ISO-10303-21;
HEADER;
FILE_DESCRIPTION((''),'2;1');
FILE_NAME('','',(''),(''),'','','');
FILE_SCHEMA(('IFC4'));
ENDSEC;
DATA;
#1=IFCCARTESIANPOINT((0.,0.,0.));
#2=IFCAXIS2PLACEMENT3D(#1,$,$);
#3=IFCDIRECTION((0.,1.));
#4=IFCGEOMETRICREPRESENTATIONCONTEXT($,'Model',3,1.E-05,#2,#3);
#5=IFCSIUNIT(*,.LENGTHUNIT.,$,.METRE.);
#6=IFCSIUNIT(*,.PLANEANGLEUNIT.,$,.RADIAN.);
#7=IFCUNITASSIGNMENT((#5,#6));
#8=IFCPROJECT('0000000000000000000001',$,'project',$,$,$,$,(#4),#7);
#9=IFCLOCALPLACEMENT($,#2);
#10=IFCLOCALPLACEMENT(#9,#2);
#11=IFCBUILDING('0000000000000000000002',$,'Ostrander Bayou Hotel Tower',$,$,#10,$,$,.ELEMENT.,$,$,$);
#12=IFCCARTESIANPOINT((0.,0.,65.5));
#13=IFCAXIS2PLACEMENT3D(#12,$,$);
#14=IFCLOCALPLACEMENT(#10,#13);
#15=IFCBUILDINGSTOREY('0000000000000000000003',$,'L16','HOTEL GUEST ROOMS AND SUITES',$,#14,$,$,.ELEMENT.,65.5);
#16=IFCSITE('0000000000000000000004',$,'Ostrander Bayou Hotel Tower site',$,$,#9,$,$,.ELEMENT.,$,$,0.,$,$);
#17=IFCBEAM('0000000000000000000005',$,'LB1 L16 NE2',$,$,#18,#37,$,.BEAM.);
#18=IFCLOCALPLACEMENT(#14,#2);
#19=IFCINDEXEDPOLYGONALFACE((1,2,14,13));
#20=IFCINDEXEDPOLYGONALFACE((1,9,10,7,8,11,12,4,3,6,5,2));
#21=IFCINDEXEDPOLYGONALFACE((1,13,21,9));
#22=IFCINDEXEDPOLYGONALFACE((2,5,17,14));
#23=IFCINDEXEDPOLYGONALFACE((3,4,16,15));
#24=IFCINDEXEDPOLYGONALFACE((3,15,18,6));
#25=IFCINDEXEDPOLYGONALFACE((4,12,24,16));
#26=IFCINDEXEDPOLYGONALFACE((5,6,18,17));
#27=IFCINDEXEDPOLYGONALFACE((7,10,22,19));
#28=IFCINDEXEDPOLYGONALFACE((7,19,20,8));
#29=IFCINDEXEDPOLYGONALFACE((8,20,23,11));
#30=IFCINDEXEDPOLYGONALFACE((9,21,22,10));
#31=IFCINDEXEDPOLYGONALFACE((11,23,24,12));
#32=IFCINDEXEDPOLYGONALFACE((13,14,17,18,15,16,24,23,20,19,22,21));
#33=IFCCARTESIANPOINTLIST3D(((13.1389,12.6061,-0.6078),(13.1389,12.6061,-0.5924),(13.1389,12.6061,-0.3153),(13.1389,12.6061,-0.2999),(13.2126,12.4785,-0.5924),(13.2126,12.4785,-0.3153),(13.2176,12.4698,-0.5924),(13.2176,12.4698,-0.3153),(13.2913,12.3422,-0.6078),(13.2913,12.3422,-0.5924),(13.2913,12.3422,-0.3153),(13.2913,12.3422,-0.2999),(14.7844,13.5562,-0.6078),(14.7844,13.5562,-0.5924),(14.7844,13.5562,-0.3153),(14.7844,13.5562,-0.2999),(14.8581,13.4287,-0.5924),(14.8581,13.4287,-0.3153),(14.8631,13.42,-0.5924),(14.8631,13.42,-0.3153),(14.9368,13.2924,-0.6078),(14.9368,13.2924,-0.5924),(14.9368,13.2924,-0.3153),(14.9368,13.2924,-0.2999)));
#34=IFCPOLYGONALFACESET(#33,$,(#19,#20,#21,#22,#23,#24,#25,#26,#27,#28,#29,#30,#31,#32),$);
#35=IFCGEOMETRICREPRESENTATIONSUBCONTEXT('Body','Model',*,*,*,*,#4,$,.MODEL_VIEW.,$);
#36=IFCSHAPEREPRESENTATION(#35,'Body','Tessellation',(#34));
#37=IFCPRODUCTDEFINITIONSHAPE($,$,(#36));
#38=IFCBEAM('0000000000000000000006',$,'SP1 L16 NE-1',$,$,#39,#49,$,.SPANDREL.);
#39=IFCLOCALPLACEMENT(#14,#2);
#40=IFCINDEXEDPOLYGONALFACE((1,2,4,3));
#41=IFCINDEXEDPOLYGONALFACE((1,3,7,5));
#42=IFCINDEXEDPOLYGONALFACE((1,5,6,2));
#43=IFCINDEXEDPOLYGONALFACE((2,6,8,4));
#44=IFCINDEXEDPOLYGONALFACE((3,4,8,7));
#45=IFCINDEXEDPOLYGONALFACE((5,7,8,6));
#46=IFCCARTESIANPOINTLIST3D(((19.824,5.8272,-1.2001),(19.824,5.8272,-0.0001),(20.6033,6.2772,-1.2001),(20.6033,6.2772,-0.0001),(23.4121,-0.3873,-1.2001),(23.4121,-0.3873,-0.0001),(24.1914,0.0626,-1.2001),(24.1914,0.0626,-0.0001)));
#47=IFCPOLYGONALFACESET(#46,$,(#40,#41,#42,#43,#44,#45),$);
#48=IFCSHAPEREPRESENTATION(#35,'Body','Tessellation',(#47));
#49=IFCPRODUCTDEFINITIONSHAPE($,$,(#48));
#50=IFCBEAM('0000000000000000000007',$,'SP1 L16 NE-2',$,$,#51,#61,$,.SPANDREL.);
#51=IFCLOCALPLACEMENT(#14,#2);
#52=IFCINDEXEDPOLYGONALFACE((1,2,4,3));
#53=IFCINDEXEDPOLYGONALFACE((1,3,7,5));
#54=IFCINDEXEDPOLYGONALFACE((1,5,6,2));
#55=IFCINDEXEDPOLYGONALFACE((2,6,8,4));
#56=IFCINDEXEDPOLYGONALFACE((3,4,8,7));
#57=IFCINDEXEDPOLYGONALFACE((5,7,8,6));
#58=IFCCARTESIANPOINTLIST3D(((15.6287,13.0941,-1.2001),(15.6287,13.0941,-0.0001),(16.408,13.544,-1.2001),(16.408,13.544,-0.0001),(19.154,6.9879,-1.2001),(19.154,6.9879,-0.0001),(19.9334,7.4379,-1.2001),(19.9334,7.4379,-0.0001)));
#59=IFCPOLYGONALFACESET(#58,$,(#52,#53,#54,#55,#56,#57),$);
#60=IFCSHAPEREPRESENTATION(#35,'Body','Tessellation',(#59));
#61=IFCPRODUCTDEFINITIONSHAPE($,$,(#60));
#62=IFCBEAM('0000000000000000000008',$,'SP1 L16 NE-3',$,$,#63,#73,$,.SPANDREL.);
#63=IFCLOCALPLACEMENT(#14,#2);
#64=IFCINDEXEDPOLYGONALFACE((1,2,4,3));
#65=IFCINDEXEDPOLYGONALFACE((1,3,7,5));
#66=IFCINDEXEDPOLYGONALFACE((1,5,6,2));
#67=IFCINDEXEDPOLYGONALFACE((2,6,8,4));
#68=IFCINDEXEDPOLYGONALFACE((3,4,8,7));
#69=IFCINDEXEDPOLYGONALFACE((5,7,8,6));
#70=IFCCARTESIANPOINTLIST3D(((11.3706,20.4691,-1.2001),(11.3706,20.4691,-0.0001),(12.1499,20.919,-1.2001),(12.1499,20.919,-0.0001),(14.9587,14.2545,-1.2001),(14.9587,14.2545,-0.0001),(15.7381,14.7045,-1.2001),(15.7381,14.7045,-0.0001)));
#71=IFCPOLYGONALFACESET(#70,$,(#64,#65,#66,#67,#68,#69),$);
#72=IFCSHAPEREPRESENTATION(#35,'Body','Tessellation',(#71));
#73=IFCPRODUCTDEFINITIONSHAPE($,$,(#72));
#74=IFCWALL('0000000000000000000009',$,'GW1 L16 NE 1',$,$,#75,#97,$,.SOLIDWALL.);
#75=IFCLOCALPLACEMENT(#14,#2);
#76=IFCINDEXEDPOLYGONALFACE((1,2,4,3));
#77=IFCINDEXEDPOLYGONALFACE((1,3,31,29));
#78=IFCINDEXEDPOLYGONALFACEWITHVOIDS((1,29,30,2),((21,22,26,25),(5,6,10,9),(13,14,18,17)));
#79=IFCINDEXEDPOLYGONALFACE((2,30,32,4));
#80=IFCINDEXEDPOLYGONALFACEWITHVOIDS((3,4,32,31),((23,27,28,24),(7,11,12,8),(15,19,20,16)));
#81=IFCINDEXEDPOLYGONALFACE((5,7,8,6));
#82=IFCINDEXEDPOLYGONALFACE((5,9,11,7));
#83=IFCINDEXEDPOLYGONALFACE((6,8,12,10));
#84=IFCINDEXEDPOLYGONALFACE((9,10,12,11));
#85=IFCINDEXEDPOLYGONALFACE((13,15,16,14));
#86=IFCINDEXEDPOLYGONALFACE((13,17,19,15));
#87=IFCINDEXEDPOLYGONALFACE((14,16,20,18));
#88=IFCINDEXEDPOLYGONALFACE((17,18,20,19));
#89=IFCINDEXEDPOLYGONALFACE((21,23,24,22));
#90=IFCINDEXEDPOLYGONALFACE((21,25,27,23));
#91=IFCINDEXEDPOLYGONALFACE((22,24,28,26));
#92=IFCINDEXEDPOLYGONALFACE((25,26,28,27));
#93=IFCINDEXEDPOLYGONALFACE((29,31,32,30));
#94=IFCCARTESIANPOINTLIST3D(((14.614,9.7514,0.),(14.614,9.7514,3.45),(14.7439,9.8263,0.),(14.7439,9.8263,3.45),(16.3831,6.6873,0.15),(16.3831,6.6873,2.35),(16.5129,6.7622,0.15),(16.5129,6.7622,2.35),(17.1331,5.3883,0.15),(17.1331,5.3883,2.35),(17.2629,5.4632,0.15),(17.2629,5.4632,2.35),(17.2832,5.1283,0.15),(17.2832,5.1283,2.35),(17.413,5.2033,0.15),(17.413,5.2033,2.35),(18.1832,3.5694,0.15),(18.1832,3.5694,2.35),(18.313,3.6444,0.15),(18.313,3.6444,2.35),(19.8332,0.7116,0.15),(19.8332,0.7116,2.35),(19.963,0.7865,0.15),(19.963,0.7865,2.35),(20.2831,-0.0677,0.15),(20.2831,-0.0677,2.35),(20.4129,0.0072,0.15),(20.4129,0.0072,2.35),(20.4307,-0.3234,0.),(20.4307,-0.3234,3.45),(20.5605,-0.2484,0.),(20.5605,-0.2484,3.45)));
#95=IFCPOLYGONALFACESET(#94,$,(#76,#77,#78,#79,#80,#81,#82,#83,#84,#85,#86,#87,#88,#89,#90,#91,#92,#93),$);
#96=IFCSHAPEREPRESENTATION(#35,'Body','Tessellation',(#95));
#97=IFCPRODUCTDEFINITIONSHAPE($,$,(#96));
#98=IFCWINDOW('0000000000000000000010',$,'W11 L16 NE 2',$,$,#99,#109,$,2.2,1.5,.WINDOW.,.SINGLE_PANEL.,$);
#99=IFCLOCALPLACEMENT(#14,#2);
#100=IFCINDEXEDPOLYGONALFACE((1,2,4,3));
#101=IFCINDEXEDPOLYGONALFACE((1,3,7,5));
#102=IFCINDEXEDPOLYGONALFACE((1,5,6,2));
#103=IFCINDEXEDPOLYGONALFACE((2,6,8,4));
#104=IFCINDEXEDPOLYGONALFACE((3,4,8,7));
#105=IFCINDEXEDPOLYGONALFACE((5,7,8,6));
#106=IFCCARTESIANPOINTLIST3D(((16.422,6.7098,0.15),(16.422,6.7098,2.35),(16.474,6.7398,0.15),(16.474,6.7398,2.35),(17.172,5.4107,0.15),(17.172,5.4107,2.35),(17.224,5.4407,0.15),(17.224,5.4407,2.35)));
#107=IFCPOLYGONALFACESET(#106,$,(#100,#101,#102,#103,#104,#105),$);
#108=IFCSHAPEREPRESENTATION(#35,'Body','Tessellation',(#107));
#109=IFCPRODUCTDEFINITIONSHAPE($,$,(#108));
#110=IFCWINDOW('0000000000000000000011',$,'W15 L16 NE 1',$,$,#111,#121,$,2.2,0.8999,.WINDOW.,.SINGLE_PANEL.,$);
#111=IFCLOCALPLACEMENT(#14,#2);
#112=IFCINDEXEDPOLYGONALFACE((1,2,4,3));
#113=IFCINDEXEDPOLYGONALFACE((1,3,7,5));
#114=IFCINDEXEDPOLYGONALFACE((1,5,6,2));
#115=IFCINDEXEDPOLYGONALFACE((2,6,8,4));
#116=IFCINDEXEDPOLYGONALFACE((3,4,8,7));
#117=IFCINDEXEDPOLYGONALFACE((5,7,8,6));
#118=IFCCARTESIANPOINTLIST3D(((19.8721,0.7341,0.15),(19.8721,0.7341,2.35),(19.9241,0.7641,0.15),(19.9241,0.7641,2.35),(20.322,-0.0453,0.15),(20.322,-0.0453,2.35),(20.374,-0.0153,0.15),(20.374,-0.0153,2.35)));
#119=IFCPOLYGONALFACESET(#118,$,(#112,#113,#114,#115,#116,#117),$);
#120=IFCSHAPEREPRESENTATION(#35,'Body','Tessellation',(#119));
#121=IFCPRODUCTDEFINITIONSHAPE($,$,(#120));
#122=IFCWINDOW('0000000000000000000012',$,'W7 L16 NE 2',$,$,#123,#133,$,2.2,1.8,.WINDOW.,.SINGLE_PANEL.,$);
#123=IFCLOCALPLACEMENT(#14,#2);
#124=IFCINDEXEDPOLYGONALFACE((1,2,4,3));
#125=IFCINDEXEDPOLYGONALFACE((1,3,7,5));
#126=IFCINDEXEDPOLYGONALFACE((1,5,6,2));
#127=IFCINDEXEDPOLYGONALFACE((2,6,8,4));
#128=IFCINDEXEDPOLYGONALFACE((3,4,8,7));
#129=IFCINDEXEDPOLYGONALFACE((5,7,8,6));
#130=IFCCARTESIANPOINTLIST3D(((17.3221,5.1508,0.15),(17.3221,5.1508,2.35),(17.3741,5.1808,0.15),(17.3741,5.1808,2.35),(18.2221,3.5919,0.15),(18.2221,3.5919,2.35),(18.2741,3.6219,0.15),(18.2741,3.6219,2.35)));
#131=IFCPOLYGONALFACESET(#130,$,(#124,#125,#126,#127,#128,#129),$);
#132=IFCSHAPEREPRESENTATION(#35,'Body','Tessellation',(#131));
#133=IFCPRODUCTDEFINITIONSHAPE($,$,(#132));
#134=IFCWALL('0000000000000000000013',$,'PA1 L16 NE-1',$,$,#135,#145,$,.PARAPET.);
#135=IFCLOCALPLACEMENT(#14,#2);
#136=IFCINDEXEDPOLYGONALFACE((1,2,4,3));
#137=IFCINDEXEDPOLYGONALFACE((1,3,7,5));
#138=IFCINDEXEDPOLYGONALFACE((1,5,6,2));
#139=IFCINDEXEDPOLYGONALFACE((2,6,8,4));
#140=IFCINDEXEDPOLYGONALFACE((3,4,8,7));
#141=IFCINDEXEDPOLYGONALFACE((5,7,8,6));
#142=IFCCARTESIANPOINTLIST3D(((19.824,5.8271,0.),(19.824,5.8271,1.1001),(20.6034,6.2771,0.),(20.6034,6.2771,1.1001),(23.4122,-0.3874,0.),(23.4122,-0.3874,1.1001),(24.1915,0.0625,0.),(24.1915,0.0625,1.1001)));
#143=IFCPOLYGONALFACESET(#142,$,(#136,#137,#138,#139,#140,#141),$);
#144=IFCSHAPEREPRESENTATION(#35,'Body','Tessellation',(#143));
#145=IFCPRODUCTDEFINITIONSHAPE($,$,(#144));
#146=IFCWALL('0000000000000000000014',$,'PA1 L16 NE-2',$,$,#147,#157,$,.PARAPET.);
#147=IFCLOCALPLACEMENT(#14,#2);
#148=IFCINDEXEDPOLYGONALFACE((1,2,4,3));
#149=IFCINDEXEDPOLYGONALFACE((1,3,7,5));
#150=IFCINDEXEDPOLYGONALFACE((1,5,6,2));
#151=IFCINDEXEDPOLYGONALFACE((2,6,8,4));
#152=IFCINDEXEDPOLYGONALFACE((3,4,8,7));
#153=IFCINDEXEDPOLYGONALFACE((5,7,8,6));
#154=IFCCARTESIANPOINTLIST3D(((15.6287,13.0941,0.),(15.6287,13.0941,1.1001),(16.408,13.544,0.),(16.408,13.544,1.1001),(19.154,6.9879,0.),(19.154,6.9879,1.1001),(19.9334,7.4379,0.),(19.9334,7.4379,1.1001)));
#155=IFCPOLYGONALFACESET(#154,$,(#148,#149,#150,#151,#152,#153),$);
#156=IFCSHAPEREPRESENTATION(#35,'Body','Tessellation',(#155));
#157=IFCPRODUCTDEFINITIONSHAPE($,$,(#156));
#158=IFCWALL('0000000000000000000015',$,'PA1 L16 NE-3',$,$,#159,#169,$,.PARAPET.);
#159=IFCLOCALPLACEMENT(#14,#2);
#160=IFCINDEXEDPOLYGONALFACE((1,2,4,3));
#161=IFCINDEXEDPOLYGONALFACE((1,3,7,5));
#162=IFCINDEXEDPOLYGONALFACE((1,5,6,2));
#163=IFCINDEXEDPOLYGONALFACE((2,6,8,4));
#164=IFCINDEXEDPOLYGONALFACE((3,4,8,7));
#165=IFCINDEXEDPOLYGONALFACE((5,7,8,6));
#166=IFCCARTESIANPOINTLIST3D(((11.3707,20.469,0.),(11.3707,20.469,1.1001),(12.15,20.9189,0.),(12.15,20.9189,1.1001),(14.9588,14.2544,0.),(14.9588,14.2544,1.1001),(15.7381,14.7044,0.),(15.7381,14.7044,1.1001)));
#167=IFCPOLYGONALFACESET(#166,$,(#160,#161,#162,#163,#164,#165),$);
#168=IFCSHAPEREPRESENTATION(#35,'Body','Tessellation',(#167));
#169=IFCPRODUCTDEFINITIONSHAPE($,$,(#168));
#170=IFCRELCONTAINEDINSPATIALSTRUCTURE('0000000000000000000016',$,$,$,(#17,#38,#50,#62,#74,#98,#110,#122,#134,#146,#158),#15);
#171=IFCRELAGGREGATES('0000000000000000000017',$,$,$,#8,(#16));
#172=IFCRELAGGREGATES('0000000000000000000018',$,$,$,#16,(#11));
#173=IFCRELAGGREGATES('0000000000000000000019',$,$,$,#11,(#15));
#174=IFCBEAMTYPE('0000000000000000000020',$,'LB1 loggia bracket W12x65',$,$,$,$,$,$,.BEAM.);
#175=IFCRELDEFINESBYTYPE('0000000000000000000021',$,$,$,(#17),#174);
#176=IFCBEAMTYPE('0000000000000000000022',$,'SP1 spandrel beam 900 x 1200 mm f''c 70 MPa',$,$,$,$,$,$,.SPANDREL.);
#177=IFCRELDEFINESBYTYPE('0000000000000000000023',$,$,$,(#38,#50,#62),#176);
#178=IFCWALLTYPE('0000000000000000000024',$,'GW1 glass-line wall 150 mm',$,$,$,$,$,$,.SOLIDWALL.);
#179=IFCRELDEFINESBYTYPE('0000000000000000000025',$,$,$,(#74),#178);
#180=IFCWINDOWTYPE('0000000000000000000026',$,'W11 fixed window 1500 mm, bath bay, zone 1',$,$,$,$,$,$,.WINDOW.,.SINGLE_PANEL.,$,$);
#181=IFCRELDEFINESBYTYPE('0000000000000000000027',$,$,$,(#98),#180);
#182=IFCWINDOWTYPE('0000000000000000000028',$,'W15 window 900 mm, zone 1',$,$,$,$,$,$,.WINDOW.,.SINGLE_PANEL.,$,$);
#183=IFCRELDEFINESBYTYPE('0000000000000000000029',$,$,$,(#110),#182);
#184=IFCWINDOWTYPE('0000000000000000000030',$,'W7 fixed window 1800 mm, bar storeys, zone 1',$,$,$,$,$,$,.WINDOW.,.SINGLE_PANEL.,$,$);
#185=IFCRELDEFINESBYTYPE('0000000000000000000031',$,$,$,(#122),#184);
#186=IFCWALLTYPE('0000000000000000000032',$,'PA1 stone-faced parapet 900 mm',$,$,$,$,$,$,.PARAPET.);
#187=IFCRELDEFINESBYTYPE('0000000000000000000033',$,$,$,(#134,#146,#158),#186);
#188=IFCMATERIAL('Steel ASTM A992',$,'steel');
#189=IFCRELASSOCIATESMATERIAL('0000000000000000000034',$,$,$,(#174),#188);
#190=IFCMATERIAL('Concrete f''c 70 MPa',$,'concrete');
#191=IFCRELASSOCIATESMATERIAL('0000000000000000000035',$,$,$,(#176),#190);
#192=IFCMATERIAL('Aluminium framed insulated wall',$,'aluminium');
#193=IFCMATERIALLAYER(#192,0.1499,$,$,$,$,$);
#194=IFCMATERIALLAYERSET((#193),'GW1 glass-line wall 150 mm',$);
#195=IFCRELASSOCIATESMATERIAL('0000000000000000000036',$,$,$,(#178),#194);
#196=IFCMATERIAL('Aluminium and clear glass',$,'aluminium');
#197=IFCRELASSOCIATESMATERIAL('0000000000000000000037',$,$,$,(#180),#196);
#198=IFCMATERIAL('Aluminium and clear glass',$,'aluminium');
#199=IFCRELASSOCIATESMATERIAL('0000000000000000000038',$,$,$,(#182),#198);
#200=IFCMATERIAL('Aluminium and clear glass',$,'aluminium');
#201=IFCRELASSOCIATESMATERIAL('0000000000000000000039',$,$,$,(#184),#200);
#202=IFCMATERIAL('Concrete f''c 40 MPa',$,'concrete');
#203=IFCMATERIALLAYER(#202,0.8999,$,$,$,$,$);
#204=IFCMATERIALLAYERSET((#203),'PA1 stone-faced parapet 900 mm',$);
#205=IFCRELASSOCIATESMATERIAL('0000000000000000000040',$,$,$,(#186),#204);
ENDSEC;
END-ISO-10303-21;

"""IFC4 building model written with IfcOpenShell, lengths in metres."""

from ifc_helpers import new_model, si_unit, direction, frame, frame_2d, origin, origin_2d, place, context, subcontext, project, spatial, rectangle, i_section, extrude, material, layer, layer_set, material_profile, profile_set, type_object, element, fill, save


model = new_model("IFC4")

# Units and contexts
model_context = context("Model", 3, precision=1e-05, world=origin(), true_north=direction((0.0, 1.0)))
body_context = subcontext(model_context, "Body", "Model", "MODEL_VIEW")
ifc_project = project(units=[si_unit("LENGTHUNIT", "METRE"), si_unit("PLANEANGLEUNIT", "RADIAN")], contexts=[model_context])

# Site, building, storey
site_placement = place(None, origin())
site = spatial("IfcSite", under=ifc_project, at=site_placement, Name="Ostrander Bayou Hotel Tower site", CompositionType="ELEMENT", RefElevation=0.0)
building_placement = place(site_placement, origin())
building = spatial("IfcBuilding", under=site, at=building_placement, Name="Ostrander Bayou Hotel Tower", CompositionType="ELEMENT")
storey_placement = place(building_placement, frame((0.0, 0.0, 65.5)))
storey = spatial("IfcBuildingStorey", under=building, at=storey_placement, Name="L16", Description="HOTEL GUEST ROOMS AND SUITES", CompositionType="ELEMENT", Elevation=65.5)

# Beams
ifc_material_1 = material(Name="Steel ASTM A992", Category="steel")
ifc_material_profile_1 = material_profile(ifc_material_1, i_section(OverallWidth=0.3047, OverallDepth=0.3079, WebThickness=0.01, FlangeThickness=0.0154, at=origin_2d()))
ifc_profile_set_1 = profile_set([ifc_material_profile_1], Name="Steel ASTM A992")
beam_type_1 = type_object("IfcBeamType", Name="LB1 loggia bracket W12x65", PredefinedType="BEAM", material=ifc_profile_set_1)
for number, where, z_axis, x_axis, name in (
    (1, (14.8606, 13.4243, -0.4539), (-0.865989, -0.500064, 0.0), (0.500064, -0.865989, 0.0), "LB1 L16 NE2"),
):
    element("IfcBeam", number, at=place(storey_placement, frame(where, z_axis=z_axis, x_axis=x_axis)), inside=storey, type_object=beam_type_1, Name=name, PredefinedType="BEAM", context=body_context, shape_type="SweptSolid", body=[
        extrude(i_section(OverallWidth=0.3047, OverallDepth=0.3079, WebThickness=0.01, FlangeThickness=0.0154, at=origin_2d()), origin(), (0.0, 0.0, 1.0), 1.9001),
    ])
ifc_material_2 = material(Name="Concrete f'c 70 MPa", Category="concrete")
ifc_material_profile_2 = material_profile(ifc_material_2, rectangle(XDim=0.8999, YDim=1.2, at=origin_2d()))
ifc_profile_set_2 = profile_set([ifc_material_profile_2], Name="Concrete f'c 70 MPa")
beam_type_2 = type_object("IfcBeamType", Name="SP1 spandrel beam 900 x 1200 mm f'c 70 MPa", PredefinedType="SPANDREL", material=ifc_profile_set_2)
beam_1_placement = place(storey_placement, frame((23.8018, -0.1624, -0.6001), z_axis=(-0.500014, 0.866017, 0.0), x_axis=(-0.866017, -0.500014, 0.0)))
element("IfcBeam", 2, at=beam_1_placement, inside=storey, type_object=beam_type_2, Name="SP1 L16 NE-1", PredefinedType="SPANDREL", context=body_context, shape_type="SweptSolid", body=[
    extrude(rectangle(XDim=0.8999, YDim=1.2, at=origin_2d()), origin(), (0.0, 0.0, 1.0), 7.176),
])
beam_2_placement = place(storey_placement, frame((19.5437, 7.2129, -0.6001), z_axis=(-0.499997, 0.866027, 0.0), x_axis=(-0.866027, -0.499997, 0.0)))
element("IfcBeam", 3, at=beam_2_placement, inside=storey, type_object=beam_type_2, Name="SP1 L16 NE-2", PredefinedType="SPANDREL", context=body_context, shape_type="SweptSolid", body=[
    extrude(rectangle(XDim=0.8999, YDim=1.2, at=origin_2d()), origin(), (0.0, 0.0, 1.0), 7.0508),
])
beam_3_placement = place(storey_placement, frame((15.3484, 14.4795, -0.6001), z_axis=(-0.500014, 0.866017, 0.0), x_axis=(-0.866017, -0.500014, 0.0)))
element("IfcBeam", 4, at=beam_3_placement, inside=storey, type_object=beam_type_2, Name="SP1 L16 NE-3", PredefinedType="SPANDREL", context=body_context, shape_type="SweptSolid", body=[
    extrude(rectangle(XDim=0.8999, YDim=1.2, at=origin_2d()), origin(), (0.0, 0.0, 1.0), 7.176),
])

# Wall, openings, windows
ifc_material_3 = material(Name="Aluminium framed insulated wall", Category="aluminium")
ifc_layer_1 = layer(ifc_material_3, 0.1499)
ifc_layer_set_1 = layer_set([ifc_layer_1], Name="GW1 glass-line wall 150 mm")
wall_type_1 = type_object("IfcWallType", Name="GW1 glass-line wall 150 mm", PredefinedType="SOLIDWALL", material=ifc_layer_set_1)
wall_1_placement = place(storey_placement, frame((20.4956, -0.2859, 0.0), z_axis=(0.0, 0.0, 1.0), x_axis=(-0.500001, 0.866025, 0.0)))
wall_1 = element("IfcWall", 5, at=wall_1_placement, inside=storey, type_object=wall_type_1, Name="GW1 L16 NE 1", PredefinedType="SOLIDWALL", context=body_context, shape_type="SweptSolid", body=[
    extrude(rectangle(XDim=11.6333, YDim=0.1499, at=frame_2d((5.8167, 0.0))), origin(), (0.0, 0.0, 1.0), 3.45),
])
opening_1_placement = place(wall_1_placement, frame((0.2952, 0.0, 0.1499)))
opening_1 = element("IfcOpeningElement", 6, at=opening_1_placement, cuts=wall_1, PredefinedType="OPENING", context=body_context, shape_type="SweptSolid", body=[
    extrude(rectangle(XDim=0.8999, YDim=2.2, at=frame_2d((0.45, 1.1001))), frame((0.0, 0.075, 0.0), z_axis=(0.0, -1.0, 0.0), x_axis=(1.0, 0.0, 0.0)), (0.0, 0.0, 1.0), 0.1499),
])
opening_2_placement = place(wall_1_placement, frame((4.4951, 0.0, 0.1499)))
opening_2 = element("IfcOpeningElement", 7, at=opening_2_placement, cuts=wall_1, PredefinedType="OPENING", context=body_context, shape_type="SweptSolid", body=[
    extrude(rectangle(XDim=1.8, YDim=2.2, at=frame_2d((0.8999, 1.1001))), frame((0.0, 0.075, 0.0), z_axis=(0.0, -1.0, 0.0), x_axis=(1.0, 0.0, 0.0)), (0.0, 0.0, 1.0), 0.1499),
])
opening_3_placement = place(wall_1_placement, frame((6.5952, 0.0, 0.1499)))
opening_3 = element("IfcOpeningElement", 8, at=opening_3_placement, cuts=wall_1, PredefinedType="OPENING", context=body_context, shape_type="SweptSolid", body=[
    extrude(rectangle(XDim=1.5, YDim=2.2, at=frame_2d((0.75, 1.1001))), frame((0.0, 0.075, 0.0), z_axis=(0.0, -1.0, 0.0), x_axis=(1.0, 0.0, 0.0)), (0.0, 0.0, 1.0), 0.1499),
])
ifc_material_4 = material(Name="Aluminium and clear glass", Category="aluminium")
window_type_1 = type_object("IfcWindowType", Name="W11 fixed window 1500 mm, bath bay, zone 1", PartitioningType="SINGLE_PANEL", PredefinedType="WINDOW", material=ifc_material_4)
window_1_placement = place(opening_3_placement, origin())
window_1 = element("IfcWindow", 9, at=window_1_placement, inside=storey, type_object=window_type_1, Name="W11 L16 NE 2", OverallHeight=2.2, OverallWidth=1.5, PartitioningType="SINGLE_PANEL", PredefinedType="WINDOW", context=body_context, shape_type="SweptSolid", body=[
    extrude(rectangle(XDim=1.5, YDim=2.2, at=frame_2d((0.75, 1.1001))), frame((0.0, 0.03, 0.0), z_axis=(0.0, -1.0, 0.0), x_axis=(1.0, 0.0, 0.0)), (0.0, 0.0, 1.0), 0.0601),
])
fill(opening_3, window_1)
ifc_material_5 = material(Name="Aluminium and clear glass", Category="aluminium")
window_type_2 = type_object("IfcWindowType", Name="W15 window 900 mm, zone 1", PartitioningType="SINGLE_PANEL", PredefinedType="WINDOW", material=ifc_material_5)
window_2_placement = place(opening_1_placement, origin())
window_2 = element("IfcWindow", 10, at=window_2_placement, inside=storey, type_object=window_type_2, Name="W15 L16 NE 1", OverallHeight=2.2, OverallWidth=0.8999, PartitioningType="SINGLE_PANEL", PredefinedType="WINDOW", context=body_context, shape_type="SweptSolid", body=[
    extrude(rectangle(XDim=0.8999, YDim=2.2, at=frame_2d((0.45, 1.1001))), frame((0.0, 0.03, 0.0), z_axis=(0.0, -1.0, 0.0), x_axis=(1.0, 0.0, 0.0)), (0.0, 0.0, 1.0), 0.0601),
])
fill(opening_1, window_2)
ifc_material_6 = material(Name="Aluminium and clear glass", Category="aluminium")
window_type_3 = type_object("IfcWindowType", Name="W7 fixed window 1800 mm, bar storeys, zone 1", PartitioningType="SINGLE_PANEL", PredefinedType="WINDOW", material=ifc_material_6)
window_3_placement = place(opening_2_placement, origin())
window_3 = element("IfcWindow", 11, at=window_3_placement, inside=storey, type_object=window_type_3, Name="W7 L16 NE 2", OverallHeight=2.2, OverallWidth=1.8, PartitioningType="SINGLE_PANEL", PredefinedType="WINDOW", context=body_context, shape_type="SweptSolid", body=[
    extrude(rectangle(XDim=1.8, YDim=2.2, at=frame_2d((0.8999, 1.1001))), frame((0.0, 0.03, 0.0), z_axis=(0.0, -1.0, 0.0), x_axis=(1.0, 0.0, 0.0)), (0.0, 0.0, 1.0), 0.0601),
])
fill(opening_2, window_3)

# Walls
ifc_material_7 = material(Name="Concrete f'c 40 MPa", Category="concrete")
ifc_layer_2 = layer(ifc_material_7, 0.8999)
ifc_layer_set_2 = layer_set([ifc_layer_2], Name="PA1 stone-faced parapet 900 mm")
wall_type_2 = type_object("IfcWallType", Name="PA1 stone-faced parapet 900 mm", PredefinedType="PARAPET", material=ifc_layer_set_2)
wall_2_placement = place(storey_placement, frame((23.8018, -0.1624, 0.0), z_axis=(0.0, 0.0, 1.0), x_axis=(-0.500014, 0.866017, 0.0)))
element("IfcWall", 12, at=wall_2_placement, inside=storey, type_object=wall_type_2, Name="PA1 L16 NE-1", PredefinedType="PARAPET", context=body_context, shape_type="SweptSolid", body=[
    extrude(rectangle(XDim=7.176, YDim=0.8999, at=frame_2d((3.5879, 0.0))), origin(), (0.0, 0.0, 1.0), 1.1001),
])
wall_3_placement = place(storey_placement, frame((19.5437, 7.2129, 0.0), z_axis=(0.0, 0.0, 1.0), x_axis=(-0.499997, 0.866027, 0.0)))
element("IfcWall", 13, at=wall_3_placement, inside=storey, type_object=wall_type_2, Name="PA1 L16 NE-2", PredefinedType="PARAPET", context=body_context, shape_type="SweptSolid", body=[
    extrude(rectangle(XDim=7.0508, YDim=0.8999, at=frame_2d((3.5254, 0.0))), origin(), (0.0, 0.0, 1.0), 1.1001),
])
wall_4_placement = place(storey_placement, frame((15.3484, 14.4795, 0.0), z_axis=(0.0, 0.0, 1.0), x_axis=(-0.500014, 0.866017, 0.0)))
element("IfcWall", 14, at=wall_4_placement, inside=storey, type_object=wall_type_2, Name="PA1 L16 NE-3", PredefinedType="PARAPET", context=body_context, shape_type="SweptSolid", body=[
    extrude(rectangle(XDim=7.176, YDim=0.8999, at=frame_2d((3.5879, 0.0))), origin(), (0.0, 0.0, 1.0), 1.1001),
])

save(model, "model.ifc")
